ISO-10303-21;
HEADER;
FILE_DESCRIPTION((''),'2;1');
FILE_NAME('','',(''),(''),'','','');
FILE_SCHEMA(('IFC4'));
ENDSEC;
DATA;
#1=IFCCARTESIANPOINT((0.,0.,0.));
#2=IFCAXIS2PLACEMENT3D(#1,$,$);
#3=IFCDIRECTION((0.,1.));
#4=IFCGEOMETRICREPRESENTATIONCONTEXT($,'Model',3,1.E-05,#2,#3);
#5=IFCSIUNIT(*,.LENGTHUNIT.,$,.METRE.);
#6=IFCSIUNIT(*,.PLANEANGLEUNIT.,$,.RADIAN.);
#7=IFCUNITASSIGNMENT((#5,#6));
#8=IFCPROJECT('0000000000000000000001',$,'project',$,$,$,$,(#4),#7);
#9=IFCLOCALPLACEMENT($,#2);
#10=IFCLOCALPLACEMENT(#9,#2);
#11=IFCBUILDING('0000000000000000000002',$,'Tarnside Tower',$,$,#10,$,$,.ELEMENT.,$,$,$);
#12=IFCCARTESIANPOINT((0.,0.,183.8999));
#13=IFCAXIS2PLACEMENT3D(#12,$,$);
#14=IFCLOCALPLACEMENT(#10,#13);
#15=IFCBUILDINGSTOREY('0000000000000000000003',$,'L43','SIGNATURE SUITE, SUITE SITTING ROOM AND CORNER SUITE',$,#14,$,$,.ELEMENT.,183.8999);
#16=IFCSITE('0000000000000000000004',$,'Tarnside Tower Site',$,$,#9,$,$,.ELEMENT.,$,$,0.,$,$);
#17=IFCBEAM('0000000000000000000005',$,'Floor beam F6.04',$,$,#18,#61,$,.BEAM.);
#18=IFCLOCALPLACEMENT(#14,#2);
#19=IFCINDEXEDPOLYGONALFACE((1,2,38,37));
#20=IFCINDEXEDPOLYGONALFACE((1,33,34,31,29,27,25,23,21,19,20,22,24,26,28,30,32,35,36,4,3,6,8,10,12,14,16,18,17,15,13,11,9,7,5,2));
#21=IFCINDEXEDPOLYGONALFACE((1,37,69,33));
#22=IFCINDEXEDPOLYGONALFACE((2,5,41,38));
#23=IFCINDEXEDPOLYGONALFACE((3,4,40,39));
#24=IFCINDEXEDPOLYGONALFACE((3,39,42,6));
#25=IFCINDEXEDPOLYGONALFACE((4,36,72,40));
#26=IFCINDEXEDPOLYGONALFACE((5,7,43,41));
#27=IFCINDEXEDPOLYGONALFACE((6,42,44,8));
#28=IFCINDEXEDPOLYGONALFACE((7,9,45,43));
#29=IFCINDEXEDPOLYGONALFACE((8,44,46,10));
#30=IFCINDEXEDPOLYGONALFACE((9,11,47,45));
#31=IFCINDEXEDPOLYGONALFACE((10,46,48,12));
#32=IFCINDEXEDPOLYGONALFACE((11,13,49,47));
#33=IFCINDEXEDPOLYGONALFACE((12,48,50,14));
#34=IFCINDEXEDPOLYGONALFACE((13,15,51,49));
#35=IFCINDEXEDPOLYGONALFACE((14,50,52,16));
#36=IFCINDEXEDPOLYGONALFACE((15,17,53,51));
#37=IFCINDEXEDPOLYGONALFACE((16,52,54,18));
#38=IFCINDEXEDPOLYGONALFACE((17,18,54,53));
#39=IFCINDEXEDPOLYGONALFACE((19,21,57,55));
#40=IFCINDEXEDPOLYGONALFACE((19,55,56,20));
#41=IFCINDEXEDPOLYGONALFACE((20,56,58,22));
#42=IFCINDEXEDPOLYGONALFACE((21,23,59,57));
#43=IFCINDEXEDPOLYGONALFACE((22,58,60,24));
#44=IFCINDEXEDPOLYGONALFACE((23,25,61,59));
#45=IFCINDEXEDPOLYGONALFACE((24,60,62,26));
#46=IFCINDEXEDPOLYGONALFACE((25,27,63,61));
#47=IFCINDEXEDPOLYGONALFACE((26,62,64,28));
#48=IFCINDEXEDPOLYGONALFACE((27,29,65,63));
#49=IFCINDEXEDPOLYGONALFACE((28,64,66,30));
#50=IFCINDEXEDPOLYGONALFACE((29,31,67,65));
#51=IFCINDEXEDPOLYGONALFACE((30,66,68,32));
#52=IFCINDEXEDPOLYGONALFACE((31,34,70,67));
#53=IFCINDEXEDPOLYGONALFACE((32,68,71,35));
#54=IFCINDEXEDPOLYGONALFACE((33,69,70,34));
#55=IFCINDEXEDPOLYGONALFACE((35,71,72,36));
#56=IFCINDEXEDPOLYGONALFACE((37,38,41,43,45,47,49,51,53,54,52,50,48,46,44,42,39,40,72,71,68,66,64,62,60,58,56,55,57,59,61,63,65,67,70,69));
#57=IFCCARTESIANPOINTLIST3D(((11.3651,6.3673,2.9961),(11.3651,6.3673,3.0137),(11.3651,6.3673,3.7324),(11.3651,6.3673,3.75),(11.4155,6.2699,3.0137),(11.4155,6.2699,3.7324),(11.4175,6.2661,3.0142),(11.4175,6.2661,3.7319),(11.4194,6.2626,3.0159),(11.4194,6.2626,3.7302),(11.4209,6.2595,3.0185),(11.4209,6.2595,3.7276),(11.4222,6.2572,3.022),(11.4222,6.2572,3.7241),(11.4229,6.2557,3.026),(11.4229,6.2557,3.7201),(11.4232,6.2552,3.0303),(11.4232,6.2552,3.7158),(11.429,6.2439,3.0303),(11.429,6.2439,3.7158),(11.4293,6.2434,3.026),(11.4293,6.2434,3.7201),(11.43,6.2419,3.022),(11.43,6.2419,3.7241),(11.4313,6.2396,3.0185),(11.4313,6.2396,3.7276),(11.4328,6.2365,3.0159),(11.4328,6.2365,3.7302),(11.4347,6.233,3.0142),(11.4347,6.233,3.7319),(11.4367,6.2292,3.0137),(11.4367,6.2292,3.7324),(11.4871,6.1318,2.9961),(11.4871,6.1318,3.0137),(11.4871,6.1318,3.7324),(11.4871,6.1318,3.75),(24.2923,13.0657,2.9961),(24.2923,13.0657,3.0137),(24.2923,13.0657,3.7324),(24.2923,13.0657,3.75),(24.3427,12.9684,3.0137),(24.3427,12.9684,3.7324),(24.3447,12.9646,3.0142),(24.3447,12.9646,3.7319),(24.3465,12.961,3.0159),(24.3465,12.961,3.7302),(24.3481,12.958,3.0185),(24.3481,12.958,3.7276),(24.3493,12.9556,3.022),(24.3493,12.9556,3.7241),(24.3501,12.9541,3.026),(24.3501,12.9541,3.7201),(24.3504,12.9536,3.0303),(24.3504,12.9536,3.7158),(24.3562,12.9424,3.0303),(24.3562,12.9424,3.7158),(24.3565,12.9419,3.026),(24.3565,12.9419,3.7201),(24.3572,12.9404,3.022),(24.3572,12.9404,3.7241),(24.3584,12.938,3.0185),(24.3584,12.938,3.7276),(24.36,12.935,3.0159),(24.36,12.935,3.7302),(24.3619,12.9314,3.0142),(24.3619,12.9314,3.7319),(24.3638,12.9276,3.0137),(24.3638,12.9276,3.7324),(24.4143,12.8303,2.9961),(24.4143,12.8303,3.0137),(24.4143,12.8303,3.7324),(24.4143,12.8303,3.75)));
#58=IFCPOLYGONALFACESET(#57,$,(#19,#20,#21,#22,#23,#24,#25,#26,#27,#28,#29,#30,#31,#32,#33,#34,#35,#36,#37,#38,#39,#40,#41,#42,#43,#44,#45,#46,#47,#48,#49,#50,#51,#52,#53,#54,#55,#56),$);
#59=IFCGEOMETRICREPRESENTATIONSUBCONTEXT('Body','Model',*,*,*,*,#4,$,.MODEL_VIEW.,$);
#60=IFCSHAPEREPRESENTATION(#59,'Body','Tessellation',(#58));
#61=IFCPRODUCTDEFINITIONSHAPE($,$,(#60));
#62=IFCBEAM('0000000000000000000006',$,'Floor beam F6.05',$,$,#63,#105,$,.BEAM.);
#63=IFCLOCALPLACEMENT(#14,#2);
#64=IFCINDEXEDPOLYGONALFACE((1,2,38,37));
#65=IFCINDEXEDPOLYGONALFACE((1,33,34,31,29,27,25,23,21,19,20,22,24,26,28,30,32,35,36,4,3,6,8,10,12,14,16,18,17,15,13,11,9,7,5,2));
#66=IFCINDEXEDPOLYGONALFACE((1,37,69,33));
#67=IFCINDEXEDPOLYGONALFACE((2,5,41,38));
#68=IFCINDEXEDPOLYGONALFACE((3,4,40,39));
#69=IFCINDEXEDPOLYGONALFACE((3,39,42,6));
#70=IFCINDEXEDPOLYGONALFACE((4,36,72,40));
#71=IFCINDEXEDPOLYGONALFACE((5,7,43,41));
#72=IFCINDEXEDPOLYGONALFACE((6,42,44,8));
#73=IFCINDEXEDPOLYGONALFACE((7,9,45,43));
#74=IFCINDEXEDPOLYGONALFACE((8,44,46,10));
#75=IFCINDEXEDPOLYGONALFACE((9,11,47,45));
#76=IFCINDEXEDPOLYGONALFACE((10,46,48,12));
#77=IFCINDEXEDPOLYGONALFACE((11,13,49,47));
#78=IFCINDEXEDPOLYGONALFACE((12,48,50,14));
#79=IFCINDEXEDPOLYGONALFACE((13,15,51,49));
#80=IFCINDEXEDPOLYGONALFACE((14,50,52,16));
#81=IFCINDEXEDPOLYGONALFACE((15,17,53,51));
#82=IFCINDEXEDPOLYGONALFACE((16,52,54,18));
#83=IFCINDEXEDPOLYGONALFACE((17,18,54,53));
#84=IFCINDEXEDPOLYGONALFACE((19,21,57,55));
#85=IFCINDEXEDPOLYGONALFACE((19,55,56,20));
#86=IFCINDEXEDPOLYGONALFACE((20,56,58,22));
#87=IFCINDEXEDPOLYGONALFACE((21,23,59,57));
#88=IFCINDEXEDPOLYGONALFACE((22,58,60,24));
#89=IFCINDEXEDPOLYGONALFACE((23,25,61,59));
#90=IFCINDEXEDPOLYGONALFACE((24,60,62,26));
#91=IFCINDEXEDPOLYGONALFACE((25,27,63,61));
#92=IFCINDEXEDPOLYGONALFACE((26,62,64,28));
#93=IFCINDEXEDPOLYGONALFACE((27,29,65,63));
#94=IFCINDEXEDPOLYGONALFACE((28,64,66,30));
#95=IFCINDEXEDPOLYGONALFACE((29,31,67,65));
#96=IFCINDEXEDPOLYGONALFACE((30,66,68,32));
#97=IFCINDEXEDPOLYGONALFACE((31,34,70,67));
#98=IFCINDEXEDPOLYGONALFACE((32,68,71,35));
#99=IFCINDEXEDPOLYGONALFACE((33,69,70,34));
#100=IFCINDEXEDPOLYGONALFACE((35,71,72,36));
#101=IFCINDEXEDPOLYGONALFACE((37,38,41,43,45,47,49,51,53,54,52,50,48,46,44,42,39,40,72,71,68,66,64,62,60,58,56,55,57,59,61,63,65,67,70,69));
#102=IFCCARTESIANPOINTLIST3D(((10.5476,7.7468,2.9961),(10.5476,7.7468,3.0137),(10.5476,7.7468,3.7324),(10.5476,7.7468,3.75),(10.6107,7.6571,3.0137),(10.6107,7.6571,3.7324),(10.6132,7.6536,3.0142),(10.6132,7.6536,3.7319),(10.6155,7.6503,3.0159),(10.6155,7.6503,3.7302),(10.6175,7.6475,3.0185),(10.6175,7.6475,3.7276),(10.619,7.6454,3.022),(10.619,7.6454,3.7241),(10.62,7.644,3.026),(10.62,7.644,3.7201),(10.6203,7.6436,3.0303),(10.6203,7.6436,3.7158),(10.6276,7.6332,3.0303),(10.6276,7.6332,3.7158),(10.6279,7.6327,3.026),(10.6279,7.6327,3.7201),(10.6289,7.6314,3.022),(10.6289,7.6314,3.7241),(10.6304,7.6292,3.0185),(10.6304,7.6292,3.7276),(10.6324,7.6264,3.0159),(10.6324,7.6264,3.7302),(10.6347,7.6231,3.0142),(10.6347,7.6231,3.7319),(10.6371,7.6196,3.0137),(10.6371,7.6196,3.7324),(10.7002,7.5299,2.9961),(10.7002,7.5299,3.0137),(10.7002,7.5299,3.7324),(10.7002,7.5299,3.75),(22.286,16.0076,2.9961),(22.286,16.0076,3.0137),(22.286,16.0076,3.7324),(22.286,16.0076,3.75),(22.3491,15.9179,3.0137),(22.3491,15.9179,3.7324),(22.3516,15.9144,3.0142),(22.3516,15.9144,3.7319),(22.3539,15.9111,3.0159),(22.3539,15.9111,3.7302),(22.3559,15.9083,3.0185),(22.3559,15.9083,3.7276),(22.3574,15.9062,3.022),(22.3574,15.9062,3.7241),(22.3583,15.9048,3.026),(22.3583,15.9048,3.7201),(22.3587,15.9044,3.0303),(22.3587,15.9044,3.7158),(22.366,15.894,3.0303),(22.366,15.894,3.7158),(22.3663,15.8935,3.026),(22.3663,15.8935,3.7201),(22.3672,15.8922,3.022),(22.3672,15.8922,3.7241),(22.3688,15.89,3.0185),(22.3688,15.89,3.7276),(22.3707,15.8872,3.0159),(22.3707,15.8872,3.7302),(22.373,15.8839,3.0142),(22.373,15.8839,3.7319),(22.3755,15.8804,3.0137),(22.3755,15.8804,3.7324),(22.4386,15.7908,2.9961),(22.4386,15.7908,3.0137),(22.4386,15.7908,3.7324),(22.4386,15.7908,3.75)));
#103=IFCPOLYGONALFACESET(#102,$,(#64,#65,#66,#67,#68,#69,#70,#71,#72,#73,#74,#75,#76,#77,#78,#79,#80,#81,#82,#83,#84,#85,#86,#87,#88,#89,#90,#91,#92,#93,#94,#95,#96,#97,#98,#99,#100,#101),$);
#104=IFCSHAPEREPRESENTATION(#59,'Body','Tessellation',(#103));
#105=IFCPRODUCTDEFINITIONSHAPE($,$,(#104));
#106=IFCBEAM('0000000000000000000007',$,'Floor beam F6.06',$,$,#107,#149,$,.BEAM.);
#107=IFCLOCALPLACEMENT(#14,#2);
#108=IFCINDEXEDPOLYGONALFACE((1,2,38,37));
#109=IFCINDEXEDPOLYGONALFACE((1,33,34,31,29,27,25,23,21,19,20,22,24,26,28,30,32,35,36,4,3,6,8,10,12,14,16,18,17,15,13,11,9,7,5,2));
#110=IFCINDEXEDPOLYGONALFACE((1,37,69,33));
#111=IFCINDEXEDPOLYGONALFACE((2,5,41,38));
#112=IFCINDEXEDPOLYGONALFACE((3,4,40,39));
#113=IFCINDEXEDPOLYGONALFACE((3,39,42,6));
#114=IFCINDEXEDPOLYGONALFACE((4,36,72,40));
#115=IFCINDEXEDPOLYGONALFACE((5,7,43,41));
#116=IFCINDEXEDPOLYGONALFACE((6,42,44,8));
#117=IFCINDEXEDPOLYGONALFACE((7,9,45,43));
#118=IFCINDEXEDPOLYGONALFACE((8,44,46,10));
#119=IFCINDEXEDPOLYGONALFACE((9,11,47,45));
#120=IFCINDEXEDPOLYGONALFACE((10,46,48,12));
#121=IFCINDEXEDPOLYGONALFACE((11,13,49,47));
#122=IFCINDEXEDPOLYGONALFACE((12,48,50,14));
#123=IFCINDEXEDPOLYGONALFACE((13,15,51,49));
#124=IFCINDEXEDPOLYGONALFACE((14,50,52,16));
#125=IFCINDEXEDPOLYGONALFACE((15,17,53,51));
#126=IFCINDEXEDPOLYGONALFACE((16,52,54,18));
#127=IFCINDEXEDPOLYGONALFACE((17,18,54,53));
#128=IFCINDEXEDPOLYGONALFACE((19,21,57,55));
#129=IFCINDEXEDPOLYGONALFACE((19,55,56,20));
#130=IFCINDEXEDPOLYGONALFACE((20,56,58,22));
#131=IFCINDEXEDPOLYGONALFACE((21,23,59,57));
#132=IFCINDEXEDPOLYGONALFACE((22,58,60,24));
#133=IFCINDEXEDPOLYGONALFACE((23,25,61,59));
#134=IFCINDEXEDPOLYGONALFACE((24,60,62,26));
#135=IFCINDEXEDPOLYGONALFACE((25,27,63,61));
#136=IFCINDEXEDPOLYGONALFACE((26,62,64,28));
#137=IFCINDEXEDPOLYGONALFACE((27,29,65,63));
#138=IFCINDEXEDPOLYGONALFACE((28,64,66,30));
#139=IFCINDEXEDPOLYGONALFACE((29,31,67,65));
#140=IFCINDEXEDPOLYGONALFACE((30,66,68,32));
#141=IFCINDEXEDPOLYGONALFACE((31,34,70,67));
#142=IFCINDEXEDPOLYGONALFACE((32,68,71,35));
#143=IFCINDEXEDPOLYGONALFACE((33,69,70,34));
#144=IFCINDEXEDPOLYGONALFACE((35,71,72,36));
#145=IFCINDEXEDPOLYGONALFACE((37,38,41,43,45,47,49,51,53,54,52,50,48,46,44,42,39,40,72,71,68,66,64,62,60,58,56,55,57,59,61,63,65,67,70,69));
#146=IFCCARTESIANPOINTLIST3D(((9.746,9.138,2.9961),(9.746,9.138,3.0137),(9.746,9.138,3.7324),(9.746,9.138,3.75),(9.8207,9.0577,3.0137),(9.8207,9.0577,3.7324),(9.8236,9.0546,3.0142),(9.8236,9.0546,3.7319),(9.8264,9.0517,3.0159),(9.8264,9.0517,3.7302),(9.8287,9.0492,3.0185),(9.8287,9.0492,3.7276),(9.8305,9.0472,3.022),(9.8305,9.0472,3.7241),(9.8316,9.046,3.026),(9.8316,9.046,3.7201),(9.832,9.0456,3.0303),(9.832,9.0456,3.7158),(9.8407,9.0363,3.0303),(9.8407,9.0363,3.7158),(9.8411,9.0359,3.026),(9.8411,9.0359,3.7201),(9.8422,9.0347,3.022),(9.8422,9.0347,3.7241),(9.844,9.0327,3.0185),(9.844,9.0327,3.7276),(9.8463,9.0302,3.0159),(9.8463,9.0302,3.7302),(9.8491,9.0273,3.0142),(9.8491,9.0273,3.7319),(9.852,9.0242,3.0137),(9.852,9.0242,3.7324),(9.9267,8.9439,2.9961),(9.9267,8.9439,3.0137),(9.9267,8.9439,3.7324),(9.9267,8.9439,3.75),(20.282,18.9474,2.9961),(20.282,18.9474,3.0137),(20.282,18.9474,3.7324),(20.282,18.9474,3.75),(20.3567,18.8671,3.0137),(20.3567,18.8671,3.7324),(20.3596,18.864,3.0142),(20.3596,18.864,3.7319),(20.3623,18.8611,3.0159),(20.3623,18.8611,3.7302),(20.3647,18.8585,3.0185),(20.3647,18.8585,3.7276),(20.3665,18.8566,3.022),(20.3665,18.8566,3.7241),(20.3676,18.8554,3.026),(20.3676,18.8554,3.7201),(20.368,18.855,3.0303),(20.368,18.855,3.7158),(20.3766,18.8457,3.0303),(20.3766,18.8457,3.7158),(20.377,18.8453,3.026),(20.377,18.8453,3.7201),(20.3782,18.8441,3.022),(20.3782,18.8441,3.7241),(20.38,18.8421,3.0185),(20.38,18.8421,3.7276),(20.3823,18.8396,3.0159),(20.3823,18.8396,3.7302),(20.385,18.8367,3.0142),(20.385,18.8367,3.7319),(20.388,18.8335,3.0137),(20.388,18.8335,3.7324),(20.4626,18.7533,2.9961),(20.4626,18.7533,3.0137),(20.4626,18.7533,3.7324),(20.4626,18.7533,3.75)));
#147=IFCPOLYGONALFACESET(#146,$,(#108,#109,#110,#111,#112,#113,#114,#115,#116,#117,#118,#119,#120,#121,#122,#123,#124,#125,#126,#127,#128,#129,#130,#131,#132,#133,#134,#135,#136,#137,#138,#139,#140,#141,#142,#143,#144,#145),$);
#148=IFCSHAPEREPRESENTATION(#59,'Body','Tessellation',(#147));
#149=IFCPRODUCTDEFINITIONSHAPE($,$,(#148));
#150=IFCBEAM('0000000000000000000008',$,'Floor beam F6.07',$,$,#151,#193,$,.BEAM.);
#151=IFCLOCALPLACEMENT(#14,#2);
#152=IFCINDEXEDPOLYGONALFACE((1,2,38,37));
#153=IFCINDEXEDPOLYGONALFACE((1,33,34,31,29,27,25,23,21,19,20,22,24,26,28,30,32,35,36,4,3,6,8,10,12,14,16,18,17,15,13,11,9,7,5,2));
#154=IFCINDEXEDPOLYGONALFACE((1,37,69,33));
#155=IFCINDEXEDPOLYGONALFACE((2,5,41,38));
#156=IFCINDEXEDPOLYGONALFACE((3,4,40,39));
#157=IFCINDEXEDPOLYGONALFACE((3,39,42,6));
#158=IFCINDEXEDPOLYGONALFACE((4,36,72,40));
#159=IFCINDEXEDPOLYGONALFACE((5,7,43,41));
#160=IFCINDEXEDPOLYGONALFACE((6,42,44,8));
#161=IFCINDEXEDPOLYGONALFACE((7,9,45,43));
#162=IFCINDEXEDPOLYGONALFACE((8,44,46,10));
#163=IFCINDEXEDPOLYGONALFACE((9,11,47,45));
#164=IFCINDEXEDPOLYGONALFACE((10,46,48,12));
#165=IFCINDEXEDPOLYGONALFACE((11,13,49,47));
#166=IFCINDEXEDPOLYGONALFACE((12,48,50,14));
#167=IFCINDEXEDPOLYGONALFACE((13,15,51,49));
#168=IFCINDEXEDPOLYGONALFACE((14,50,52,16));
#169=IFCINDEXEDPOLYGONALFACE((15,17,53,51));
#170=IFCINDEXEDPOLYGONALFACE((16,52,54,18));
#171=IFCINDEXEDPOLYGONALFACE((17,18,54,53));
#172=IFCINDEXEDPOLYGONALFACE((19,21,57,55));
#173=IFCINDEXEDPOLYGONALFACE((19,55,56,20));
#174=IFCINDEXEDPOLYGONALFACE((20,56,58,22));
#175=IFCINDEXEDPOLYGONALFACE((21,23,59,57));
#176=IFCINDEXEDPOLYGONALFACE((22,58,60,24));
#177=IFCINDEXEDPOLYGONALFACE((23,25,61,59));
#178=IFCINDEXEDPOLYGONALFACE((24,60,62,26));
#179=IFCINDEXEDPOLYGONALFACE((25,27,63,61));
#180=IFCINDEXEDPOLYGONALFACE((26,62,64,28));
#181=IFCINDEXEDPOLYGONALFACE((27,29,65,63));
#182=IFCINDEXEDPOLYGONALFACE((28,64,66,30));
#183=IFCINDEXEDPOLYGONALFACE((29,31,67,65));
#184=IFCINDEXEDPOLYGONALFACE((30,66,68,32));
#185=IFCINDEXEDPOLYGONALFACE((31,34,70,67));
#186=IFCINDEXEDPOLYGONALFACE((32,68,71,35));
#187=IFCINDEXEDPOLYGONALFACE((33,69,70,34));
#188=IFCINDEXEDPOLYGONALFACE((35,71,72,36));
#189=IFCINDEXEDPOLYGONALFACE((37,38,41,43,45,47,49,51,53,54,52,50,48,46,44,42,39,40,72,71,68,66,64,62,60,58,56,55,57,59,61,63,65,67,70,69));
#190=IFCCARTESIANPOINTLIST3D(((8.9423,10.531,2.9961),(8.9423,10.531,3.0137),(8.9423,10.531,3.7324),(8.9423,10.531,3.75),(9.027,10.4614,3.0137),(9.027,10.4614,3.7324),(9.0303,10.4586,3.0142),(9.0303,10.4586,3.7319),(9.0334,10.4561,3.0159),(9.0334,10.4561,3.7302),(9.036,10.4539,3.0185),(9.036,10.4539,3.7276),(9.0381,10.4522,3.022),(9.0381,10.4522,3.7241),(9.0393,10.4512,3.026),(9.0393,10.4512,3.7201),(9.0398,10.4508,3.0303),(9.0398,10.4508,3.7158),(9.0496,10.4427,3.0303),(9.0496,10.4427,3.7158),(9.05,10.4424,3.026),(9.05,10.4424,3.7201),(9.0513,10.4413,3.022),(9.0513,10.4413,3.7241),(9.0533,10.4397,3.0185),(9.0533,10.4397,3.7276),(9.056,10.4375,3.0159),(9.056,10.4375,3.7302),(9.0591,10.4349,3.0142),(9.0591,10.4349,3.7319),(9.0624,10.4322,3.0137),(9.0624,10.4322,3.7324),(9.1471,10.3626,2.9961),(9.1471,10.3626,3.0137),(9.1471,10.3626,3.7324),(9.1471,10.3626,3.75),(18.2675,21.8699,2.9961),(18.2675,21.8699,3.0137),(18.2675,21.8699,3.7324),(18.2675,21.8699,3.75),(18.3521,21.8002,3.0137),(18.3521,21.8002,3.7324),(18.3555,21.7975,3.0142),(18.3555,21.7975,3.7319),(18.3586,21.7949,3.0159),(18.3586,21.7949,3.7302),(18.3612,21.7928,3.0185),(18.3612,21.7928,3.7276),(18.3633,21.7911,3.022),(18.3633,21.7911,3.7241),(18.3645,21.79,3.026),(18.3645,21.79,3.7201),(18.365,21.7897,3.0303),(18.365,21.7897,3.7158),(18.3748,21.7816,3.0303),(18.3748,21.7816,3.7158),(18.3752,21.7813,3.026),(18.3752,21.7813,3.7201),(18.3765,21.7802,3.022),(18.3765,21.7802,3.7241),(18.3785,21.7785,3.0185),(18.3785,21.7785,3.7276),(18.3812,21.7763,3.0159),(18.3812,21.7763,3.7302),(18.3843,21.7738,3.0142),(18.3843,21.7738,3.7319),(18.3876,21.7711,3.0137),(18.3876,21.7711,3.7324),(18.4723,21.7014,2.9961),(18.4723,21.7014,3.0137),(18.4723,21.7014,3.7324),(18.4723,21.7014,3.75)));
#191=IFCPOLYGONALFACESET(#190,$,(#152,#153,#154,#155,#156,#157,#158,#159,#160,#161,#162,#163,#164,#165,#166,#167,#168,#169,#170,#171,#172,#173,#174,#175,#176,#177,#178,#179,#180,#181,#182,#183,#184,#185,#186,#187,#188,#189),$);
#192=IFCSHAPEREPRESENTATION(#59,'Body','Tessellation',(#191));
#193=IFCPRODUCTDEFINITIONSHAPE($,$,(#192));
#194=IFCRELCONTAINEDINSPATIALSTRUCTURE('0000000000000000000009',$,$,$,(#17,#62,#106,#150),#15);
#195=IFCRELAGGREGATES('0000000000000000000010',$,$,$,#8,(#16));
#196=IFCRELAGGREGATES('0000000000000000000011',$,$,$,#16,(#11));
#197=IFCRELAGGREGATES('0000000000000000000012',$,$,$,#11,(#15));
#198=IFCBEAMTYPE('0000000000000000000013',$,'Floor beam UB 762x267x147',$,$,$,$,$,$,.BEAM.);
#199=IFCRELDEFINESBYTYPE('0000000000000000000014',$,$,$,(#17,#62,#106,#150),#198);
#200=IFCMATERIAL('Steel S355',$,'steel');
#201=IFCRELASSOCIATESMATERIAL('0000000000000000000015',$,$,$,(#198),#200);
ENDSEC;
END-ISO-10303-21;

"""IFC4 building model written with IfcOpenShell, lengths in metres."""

from ifc_helpers import new_model, si_unit, direction, frame, origin, origin_2d, place, context, subcontext, project, spatial, i_section, extrude, material, material_profile, profile_set, type_object, element, save


model = new_model("IFC4")

# Units and contexts
model_context = context("Model", 3, precision=1e-05, world=origin(), true_north=direction((0.0, 1.0)))
body_context = subcontext(model_context, "Body", "Model", "MODEL_VIEW")
ifc_project = project(units=[si_unit("LENGTHUNIT", "METRE"), si_unit("PLANEANGLEUNIT", "RADIAN")], contexts=[model_context])

# Site, building, storey
site_placement = place(None, origin())
site = spatial("IfcSite", under=ifc_project, at=site_placement, Name="Tarnside Tower Site", CompositionType="ELEMENT", RefElevation=0.0)
building_placement = place(site_placement, origin())
building = spatial("IfcBuilding", under=site, at=building_placement, Name="Tarnside Tower", CompositionType="ELEMENT")
storey_placement = place(building_placement, frame((0.0, 0.0, 183.8999)))
storey = spatial("IfcBuildingStorey", under=building, at=storey_placement, Name="L43", Description="SIGNATURE SUITE, SUITE SITTING ROOM AND CORNER SUITE", CompositionType="ELEMENT", Elevation=183.8999)

# Beams
ifc_material_1 = material(Name="Steel S355", Category="steel")
ifc_material_profile = material_profile(ifc_material_1, i_section(OverallWidth=0.2651, OverallDepth=0.7539, WebThickness=0.0127, FlangeThickness=0.0176, FilletRadius=0.0166, at=origin_2d()), Name="UB 762x267x147")
ifc_profile_set = profile_set([ifc_material_profile], Name="Steel S355")
beam_type = type_object("IfcBeamType", Name="Floor beam UB 762x267x147", PredefinedType="BEAM", material=ifc_profile_set)
beam_1_placement = place(storey_placement, frame((24.3533, 12.948, 3.373), z_axis=(-0.887882, -0.460072, 0.0), x_axis=(0.460072, -0.887882, 0.0)))
element("IfcBeam", 1, at=beam_1_placement, inside=storey, type_object=beam_type, Name="Floor beam F6.04", PredefinedType="BEAM", context=body_context, shape_type="SweptSolid", body=[
    extrude(i_section(OverallWidth=0.2651, OverallDepth=0.7539, WebThickness=0.0127, FlangeThickness=0.0176, FilletRadius=0.0166, at=origin_2d()), origin(), (0.0, 0.0, 1.0), 14.5596),
])
beam_2_placement = place(storey_placement, frame((22.3623, 15.8992, 3.373), z_axis=(-0.817791, -0.575515, 0.0), x_axis=(0.575515, -0.817791, 0.0)))
element("IfcBeam", 2, at=beam_2_placement, inside=storey, type_object=beam_type, Name="Floor beam F6.05", PredefinedType="BEAM", context=body_context, shape_type="SweptSolid", body=[
    extrude(i_section(OverallWidth=0.2651, OverallDepth=0.7539, WebThickness=0.0127, FlangeThickness=0.0176, FilletRadius=0.0166, at=origin_2d()), origin(), (0.0, 0.0, 1.0), 14.3538),
])
beam_3_placement = place(storey_placement, frame((20.3723, 18.8503, 3.373), z_axis=(-0.731892, -0.68142, 0.0), x_axis=(0.68142, -0.731892, 0.0)))
element("IfcBeam", 3, at=beam_3_placement, inside=storey, type_object=beam_type, Name="Floor beam F6.06", PredefinedType="BEAM", context=body_context, shape_type="SweptSolid", body=[
    extrude(i_section(OverallWidth=0.2651, OverallDepth=0.7539, WebThickness=0.0127, FlangeThickness=0.0176, FilletRadius=0.0166, at=origin_2d()), origin(), (0.0, 0.0, 1.0), 14.3955),
])
beam_4_placement = place(storey_placement, frame((18.3699, 21.7856, 3.373), z_axis=(-0.635192, -0.772354, 0.0), x_axis=(0.772354, -0.635192, 0.0)))
element("IfcBeam", 4, at=beam_4_placement, inside=storey, type_object=beam_type, Name="Floor beam F6.07", PredefinedType="BEAM", context=body_context, shape_type="SweptSolid", body=[
    extrude(i_section(OverallWidth=0.2651, OverallDepth=0.7539, WebThickness=0.0127, FlangeThickness=0.0176, FilletRadius=0.0166, at=origin_2d()), origin(), (0.0, 0.0, 1.0), 14.6809),
])

save(model, "model.ifc")
